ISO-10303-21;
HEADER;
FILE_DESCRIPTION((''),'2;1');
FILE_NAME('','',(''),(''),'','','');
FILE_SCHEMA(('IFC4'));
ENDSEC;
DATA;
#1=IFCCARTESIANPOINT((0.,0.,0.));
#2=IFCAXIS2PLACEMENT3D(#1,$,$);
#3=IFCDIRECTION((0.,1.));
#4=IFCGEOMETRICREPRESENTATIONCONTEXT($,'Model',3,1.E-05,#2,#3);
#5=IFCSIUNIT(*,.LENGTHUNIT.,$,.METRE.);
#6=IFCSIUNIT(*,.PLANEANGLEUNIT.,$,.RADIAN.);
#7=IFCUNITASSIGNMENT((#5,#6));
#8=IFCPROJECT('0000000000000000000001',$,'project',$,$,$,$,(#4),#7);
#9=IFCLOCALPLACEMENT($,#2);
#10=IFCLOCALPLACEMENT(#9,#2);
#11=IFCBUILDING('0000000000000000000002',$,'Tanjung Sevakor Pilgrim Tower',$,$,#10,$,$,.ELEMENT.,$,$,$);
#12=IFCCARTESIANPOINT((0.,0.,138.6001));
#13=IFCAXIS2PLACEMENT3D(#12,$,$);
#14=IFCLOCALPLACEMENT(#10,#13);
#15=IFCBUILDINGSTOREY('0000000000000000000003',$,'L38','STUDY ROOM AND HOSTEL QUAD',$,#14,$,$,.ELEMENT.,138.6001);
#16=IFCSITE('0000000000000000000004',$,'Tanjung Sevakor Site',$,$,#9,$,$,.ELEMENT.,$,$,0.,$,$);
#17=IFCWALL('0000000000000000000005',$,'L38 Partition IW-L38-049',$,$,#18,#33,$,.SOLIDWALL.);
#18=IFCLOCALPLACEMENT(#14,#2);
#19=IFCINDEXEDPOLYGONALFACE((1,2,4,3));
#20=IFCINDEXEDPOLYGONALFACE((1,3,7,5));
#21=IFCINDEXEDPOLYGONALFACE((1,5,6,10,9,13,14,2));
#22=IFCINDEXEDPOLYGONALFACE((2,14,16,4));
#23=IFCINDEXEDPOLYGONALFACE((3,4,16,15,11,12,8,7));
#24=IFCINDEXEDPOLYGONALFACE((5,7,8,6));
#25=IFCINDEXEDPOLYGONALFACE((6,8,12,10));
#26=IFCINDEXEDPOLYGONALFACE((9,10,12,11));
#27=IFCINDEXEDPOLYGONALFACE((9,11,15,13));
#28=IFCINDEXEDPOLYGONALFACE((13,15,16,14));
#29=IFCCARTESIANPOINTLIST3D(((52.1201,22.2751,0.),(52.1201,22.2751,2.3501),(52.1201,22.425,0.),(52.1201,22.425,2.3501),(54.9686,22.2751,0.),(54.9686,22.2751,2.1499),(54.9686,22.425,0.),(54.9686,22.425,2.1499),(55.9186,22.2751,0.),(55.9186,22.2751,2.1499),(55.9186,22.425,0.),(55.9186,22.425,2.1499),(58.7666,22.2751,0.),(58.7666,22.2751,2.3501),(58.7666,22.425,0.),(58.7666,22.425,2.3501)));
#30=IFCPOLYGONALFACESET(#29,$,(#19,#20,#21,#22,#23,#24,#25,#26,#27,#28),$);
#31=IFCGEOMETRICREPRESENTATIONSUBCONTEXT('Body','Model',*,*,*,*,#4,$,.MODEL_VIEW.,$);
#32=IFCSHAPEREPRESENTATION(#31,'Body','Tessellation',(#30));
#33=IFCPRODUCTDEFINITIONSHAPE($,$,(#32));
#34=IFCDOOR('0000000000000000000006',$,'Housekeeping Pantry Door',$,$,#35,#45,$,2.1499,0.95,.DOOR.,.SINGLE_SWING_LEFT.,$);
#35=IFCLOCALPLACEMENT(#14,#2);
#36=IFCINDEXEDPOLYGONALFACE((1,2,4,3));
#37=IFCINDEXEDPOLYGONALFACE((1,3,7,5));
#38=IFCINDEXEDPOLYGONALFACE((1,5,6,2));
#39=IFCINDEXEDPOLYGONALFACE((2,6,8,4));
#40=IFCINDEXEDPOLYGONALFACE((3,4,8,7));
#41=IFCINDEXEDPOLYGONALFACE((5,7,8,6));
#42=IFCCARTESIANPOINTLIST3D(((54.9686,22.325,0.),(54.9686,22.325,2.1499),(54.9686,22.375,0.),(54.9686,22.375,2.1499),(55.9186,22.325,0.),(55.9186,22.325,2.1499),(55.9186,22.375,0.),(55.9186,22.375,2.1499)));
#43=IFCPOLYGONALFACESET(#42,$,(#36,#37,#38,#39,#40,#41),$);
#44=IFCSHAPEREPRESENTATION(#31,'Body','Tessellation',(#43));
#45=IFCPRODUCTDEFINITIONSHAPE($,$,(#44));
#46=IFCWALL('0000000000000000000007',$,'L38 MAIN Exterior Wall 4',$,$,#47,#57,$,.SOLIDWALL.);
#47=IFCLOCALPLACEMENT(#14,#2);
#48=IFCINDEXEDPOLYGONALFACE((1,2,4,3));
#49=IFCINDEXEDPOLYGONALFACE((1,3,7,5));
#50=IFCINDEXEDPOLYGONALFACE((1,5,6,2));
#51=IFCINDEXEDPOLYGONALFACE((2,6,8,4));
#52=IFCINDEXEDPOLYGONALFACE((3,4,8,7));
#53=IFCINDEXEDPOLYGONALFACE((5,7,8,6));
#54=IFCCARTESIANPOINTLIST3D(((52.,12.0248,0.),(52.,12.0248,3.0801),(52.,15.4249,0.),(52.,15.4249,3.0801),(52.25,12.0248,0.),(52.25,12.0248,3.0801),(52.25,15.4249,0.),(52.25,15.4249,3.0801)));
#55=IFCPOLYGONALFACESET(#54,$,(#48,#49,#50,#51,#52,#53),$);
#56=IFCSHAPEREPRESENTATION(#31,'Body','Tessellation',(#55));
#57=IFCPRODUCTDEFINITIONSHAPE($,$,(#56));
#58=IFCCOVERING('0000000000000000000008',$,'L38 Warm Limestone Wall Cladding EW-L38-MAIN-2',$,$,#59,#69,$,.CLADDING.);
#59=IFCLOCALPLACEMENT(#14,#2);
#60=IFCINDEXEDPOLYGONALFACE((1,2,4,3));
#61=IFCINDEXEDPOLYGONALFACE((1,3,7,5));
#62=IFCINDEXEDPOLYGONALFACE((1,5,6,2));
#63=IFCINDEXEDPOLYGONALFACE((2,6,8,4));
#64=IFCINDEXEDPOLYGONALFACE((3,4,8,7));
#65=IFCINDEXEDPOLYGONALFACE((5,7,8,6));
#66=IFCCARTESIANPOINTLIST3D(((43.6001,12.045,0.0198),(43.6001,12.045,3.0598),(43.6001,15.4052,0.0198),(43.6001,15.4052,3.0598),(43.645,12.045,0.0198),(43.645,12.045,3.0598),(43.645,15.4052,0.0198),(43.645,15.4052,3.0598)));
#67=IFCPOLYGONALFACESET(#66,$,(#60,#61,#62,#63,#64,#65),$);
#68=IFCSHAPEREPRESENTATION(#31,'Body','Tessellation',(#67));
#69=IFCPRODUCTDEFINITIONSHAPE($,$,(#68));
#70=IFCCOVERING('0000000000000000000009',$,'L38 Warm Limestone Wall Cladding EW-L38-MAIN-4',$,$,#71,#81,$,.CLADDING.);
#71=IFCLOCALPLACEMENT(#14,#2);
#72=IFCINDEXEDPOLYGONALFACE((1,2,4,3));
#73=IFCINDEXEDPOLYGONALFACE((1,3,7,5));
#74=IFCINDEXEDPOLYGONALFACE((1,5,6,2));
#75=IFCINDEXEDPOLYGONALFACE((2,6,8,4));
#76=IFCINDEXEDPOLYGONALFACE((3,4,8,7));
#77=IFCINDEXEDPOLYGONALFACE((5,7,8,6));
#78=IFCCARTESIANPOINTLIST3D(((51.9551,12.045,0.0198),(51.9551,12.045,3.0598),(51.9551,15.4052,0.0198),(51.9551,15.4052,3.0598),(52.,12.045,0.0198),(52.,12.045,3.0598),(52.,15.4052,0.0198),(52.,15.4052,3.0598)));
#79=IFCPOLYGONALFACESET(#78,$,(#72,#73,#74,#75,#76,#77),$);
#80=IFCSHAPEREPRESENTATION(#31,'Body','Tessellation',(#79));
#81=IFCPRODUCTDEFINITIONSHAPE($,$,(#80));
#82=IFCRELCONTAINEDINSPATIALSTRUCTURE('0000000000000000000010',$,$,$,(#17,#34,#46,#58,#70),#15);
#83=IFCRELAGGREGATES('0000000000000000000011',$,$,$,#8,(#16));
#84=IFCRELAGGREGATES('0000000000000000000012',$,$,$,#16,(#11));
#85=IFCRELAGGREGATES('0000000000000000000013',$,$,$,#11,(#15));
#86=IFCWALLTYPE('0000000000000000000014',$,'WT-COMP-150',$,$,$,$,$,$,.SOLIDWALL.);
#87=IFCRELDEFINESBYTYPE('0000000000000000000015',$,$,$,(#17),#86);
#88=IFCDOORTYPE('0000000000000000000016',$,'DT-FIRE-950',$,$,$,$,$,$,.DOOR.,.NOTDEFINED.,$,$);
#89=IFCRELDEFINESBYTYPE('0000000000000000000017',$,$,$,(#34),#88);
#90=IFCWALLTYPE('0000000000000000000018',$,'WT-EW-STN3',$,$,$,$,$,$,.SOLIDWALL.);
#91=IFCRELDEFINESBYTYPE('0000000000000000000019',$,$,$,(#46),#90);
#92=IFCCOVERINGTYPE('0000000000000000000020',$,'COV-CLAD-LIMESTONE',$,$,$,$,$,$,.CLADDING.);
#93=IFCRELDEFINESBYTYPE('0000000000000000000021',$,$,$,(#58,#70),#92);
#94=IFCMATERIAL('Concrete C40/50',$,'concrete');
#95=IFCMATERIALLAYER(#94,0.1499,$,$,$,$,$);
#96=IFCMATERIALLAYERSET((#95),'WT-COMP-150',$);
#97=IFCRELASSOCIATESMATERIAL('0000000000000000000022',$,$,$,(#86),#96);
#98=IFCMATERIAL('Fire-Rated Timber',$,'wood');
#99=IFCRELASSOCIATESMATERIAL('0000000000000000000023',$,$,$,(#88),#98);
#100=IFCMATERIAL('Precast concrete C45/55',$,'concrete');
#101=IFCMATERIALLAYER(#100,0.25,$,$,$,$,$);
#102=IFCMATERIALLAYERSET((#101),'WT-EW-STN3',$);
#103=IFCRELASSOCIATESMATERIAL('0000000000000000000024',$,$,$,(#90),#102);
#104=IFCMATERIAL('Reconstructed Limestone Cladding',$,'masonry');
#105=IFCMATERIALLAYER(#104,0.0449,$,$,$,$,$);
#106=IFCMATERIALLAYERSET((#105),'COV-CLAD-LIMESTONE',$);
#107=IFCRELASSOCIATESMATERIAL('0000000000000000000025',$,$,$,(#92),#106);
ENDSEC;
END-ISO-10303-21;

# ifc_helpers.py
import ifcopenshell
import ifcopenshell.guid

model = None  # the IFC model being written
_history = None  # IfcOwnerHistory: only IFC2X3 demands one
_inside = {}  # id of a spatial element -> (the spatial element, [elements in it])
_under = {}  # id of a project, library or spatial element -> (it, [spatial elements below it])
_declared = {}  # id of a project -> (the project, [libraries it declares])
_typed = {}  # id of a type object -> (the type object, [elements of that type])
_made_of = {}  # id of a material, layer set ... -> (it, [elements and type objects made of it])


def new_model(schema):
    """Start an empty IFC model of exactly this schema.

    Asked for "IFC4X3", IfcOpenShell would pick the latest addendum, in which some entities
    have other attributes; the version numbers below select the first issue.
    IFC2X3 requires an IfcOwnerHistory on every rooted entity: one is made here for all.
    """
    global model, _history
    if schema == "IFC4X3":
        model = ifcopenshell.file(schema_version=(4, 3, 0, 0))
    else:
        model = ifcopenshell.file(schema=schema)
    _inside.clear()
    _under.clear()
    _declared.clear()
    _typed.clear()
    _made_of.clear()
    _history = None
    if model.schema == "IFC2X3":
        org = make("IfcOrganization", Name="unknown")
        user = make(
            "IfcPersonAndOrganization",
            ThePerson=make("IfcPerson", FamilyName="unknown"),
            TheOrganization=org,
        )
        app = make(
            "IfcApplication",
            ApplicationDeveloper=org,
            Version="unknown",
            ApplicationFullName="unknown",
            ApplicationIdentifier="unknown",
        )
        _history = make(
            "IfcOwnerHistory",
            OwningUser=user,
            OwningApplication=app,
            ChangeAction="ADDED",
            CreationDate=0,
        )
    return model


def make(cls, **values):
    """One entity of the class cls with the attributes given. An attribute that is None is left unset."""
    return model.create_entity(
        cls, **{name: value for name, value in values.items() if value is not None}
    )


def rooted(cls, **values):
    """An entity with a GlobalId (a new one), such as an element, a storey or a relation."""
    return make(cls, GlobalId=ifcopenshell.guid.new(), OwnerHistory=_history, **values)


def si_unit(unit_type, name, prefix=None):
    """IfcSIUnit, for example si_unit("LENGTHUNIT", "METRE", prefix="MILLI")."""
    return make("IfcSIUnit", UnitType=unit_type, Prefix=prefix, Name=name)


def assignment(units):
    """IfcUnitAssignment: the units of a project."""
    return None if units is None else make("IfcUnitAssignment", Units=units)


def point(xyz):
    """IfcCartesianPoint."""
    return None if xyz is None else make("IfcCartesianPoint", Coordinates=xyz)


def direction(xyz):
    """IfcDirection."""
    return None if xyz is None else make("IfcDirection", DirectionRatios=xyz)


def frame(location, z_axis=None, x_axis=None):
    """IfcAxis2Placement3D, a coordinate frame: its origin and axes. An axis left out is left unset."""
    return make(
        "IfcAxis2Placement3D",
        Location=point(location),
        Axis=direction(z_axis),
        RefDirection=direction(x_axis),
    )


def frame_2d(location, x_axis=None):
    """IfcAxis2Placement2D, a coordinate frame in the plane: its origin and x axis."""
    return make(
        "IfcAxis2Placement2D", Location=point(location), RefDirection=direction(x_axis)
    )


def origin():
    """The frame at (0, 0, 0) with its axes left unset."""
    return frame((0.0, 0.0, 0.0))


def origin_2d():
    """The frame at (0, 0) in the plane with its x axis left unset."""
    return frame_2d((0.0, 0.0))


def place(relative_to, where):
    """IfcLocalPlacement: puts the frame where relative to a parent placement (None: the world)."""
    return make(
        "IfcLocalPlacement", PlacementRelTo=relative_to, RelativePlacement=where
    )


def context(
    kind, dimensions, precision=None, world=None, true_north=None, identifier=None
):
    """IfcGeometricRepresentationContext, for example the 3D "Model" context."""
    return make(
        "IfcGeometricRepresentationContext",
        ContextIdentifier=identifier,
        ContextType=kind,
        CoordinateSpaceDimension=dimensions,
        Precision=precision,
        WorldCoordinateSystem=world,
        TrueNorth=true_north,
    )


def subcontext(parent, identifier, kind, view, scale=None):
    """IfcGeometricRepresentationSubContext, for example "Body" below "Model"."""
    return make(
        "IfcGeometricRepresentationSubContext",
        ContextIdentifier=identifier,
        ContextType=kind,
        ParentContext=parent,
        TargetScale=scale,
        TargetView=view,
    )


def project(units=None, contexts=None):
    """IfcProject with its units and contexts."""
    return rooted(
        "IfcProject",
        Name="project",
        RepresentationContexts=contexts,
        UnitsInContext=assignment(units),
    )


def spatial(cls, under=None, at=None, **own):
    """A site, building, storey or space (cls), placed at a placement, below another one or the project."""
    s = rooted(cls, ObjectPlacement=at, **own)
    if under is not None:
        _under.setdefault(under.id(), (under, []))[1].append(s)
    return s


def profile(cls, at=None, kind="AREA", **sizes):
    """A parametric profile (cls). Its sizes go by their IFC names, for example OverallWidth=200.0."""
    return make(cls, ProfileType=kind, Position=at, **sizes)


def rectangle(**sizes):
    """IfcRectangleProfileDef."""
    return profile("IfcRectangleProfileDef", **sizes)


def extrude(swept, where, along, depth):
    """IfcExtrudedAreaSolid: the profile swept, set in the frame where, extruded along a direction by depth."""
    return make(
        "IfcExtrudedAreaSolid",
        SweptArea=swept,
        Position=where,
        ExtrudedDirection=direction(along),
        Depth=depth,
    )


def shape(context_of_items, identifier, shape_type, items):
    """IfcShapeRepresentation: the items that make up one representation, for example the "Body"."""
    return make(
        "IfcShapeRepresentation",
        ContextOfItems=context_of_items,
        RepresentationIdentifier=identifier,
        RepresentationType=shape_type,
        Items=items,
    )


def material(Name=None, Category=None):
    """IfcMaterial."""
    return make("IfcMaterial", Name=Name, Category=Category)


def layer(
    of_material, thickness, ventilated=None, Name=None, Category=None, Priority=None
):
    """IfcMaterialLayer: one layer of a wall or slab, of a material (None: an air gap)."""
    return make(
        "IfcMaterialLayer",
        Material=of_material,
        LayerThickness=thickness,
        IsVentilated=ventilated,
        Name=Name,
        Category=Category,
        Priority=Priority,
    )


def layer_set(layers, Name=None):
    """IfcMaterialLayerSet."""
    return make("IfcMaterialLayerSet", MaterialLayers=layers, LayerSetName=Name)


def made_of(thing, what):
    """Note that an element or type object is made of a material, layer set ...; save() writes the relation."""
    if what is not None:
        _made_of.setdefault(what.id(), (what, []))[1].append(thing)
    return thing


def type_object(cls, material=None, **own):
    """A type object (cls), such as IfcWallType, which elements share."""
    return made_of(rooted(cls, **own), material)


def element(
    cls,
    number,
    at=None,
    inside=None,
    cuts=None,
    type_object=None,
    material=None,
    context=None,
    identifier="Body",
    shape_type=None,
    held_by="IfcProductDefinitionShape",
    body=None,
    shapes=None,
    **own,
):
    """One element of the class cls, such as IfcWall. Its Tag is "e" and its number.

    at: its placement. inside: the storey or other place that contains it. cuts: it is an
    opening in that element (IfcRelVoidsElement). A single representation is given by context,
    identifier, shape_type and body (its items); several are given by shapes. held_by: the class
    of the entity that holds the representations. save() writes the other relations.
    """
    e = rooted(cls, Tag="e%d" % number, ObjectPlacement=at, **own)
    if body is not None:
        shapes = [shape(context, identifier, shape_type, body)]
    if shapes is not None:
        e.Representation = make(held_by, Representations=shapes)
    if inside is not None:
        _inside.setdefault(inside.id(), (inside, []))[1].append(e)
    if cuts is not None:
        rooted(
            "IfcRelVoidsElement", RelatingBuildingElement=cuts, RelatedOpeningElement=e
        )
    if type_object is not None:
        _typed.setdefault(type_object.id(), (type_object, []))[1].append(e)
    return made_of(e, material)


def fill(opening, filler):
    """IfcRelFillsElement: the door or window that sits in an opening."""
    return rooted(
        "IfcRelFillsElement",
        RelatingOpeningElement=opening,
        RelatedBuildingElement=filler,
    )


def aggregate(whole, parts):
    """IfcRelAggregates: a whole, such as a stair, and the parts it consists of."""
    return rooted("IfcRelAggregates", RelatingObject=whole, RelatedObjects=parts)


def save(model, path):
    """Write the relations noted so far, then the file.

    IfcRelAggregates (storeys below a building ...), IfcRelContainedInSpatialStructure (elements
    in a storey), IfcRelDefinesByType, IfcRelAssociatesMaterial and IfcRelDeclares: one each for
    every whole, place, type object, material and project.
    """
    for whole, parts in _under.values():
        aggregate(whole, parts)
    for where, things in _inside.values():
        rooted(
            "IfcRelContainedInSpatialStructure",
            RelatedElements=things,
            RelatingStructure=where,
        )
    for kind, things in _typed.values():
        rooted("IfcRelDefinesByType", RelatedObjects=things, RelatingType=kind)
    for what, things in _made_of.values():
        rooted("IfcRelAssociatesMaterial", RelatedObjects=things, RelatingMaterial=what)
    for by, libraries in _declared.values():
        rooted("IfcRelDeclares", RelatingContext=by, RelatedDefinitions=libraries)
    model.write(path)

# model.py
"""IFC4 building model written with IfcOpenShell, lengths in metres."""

from ifc_helpers import new_model, si_unit, direction, frame, frame_2d, origin, origin_2d, place, context, subcontext, project, spatial, rectangle, extrude, material, layer, layer_set, type_object, element, fill, save


model = new_model("IFC4")

# Units and contexts
model_context = context("Model", 3, precision=1e-05, world=origin(), true_north=direction((0.0, 1.0)))
body_context = subcontext(model_context, "Body", "Model", "MODEL_VIEW")
ifc_project = project(units=[si_unit("LENGTHUNIT", "METRE"), si_unit("PLANEANGLEUNIT", "RADIAN")], contexts=[model_context])

# Site, building, storey
site_placement = place(None, origin())
site = spatial("IfcSite", under=ifc_project, at=site_placement, Name="Tanjung Sevakor Site", CompositionType="ELEMENT", RefElevation=0.0)
building_placement = place(site_placement, origin())
building = spatial("IfcBuilding", under=site, at=building_placement, Name="Tanjung Sevakor Pilgrim Tower", CompositionType="ELEMENT")
storey_placement = place(building_placement, frame((0.0, 0.0, 138.6001)))
storey = spatial("IfcBuildingStorey", under=building, at=storey_placement, Name="L38", Description="STUDY ROOM AND HOSTEL QUAD", CompositionType="ELEMENT", Elevation=138.6001)

# Shared definitions
ifc_material_1 = material(Name="Concrete C40/50", Category="concrete")
ifc_layer_1 = layer(ifc_material_1, 0.1499)
ifc_layer_set_1 = layer_set([ifc_layer_1], Name="WT-COMP-150")
wall_type_1 = type_object("IfcWallType", Name="WT-COMP-150", PredefinedType="SOLIDWALL", material=ifc_layer_set_1)

# Wall, opening, door
wall_1_placement = place(storey_placement, frame((52.1201, 22.3501, 0.0), z_axis=(0.0, 0.0, 1.0), x_axis=(1.0, 0.0, 0.0)))
wall_1 = element("IfcWall", 1, at=wall_1_placement, inside=storey, type_object=wall_type_1, Name="L38 Partition IW-L38-049", PredefinedType="SOLIDWALL", context=body_context, shape_type="SweptSolid", body=[
    extrude(rectangle(XDim=6.6465, YDim=0.1499, at=frame_2d((3.3232, 0.0))), origin(), (0.0, 0.0, 1.0), 2.3501),
])
opening_1_placement = place(wall_1_placement, frame((2.8484, 0.0, 0.0)))
opening_1 = element("IfcOpeningElement", 2, at=opening_1_placement, cuts=wall_1, PredefinedType="OPENING", context=body_context, shape_type="SweptSolid", body=[
    extrude(rectangle(XDim=0.95, YDim=2.1499, at=frame_2d((0.4751, 1.075))), frame((0.0, 0.085, 0.0), z_axis=(0.0, -1.0, 0.0), x_axis=(1.0, 0.0, 0.0)), (0.0, 0.0, 1.0), 0.1699),
])
ifc_material_2 = material(Name="Fire-Rated Timber", Category="wood")
door_type_1 = type_object("IfcDoorType", Name="DT-FIRE-950", OperationType="NOTDEFINED", PredefinedType="DOOR", material=ifc_material_2)
door_1_placement = place(opening_1_placement, origin())
door_1 = element("IfcDoor", 3, at=door_1_placement, inside=storey, type_object=door_type_1, Name="Housekeeping Pantry Door", OperationType="SINGLE_SWING_LEFT", OverallHeight=2.1499, OverallWidth=0.95, PredefinedType="DOOR", context=body_context, shape_type="SweptSolid", body=[
    extrude(rectangle(XDim=0.95, YDim=2.1499, at=frame_2d((0.4751, 1.075))), frame((0.0, 0.0249, 0.0), z_axis=(0.0, -1.0, 0.0), x_axis=(1.0, 0.0, 0.0)), (0.0, 0.0, 1.0), 0.05),
])
fill(opening_1, door_1)

# Wall
ifc_material_3 = material(Name="Precast concrete C45/55", Category="concrete")
ifc_layer_2 = layer(ifc_material_3, 0.25)
ifc_layer_set_2 = layer_set([ifc_layer_2], Name="WT-EW-STN3")
wall_type_2 = type_object("IfcWallType", Name="WT-EW-STN3", PredefinedType="SOLIDWALL", material=ifc_layer_set_2)
wall_2_placement = place(storey_placement, frame((52.125, 15.425, 0.0), z_axis=(0.0, 0.0, 1.0), x_axis=(0.0, -1.0, 0.0)))
element("IfcWall", 4, at=wall_2_placement, inside=storey, type_object=wall_type_2, Name="L38 MAIN Exterior Wall 4", PredefinedType="SOLIDWALL", context=body_context, shape_type="SweptSolid", body=[
    extrude(rectangle(XDim=3.4001, YDim=0.25, at=frame_2d((1.7002, 0.0))), origin(), (0.0, 0.0, 1.0), 3.0801),
])

# Coverings
ifc_material_4 = material(Name="Reconstructed Limestone Cladding", Category="masonry")
ifc_layer_3 = layer(ifc_material_4, 0.0449)
ifc_layer_set_3 = layer_set([ifc_layer_3], Name="COV-CLAD-LIMESTONE")
covering_type = type_object("IfcCoveringType", Name="COV-CLAD-LIMESTONE", PredefinedType="CLADDING", material=ifc_layer_set_3)
for number, where, z_axis, x_axis, name in (
    (5, (43.6226, 13.7251, 0.0198), (0.0, 0.0, 1.0), (0.0, 1.0, 0.0), "L38 Warm Limestone Wall Cladding EW-L38-MAIN-2"),
    (6, (51.9775, 13.7251, 0.0198), (0.0, 0.0, 1.0), (0.0, -1.0, 0.0), "L38 Warm Limestone Wall Cladding EW-L38-MAIN-4"),
):
    element("IfcCovering", number, at=place(storey_placement, frame(where, z_axis=z_axis, x_axis=x_axis)), inside=storey, type_object=covering_type, Name=name, PredefinedType="CLADDING", context=body_context, shape_type="SweptSolid", body=[
        extrude(rectangle(XDim=3.3601, YDim=0.0449, at=origin_2d()), origin(), (0.0, 0.0, 1.0), 3.04),
    ])

save(model, "model.ifc")
